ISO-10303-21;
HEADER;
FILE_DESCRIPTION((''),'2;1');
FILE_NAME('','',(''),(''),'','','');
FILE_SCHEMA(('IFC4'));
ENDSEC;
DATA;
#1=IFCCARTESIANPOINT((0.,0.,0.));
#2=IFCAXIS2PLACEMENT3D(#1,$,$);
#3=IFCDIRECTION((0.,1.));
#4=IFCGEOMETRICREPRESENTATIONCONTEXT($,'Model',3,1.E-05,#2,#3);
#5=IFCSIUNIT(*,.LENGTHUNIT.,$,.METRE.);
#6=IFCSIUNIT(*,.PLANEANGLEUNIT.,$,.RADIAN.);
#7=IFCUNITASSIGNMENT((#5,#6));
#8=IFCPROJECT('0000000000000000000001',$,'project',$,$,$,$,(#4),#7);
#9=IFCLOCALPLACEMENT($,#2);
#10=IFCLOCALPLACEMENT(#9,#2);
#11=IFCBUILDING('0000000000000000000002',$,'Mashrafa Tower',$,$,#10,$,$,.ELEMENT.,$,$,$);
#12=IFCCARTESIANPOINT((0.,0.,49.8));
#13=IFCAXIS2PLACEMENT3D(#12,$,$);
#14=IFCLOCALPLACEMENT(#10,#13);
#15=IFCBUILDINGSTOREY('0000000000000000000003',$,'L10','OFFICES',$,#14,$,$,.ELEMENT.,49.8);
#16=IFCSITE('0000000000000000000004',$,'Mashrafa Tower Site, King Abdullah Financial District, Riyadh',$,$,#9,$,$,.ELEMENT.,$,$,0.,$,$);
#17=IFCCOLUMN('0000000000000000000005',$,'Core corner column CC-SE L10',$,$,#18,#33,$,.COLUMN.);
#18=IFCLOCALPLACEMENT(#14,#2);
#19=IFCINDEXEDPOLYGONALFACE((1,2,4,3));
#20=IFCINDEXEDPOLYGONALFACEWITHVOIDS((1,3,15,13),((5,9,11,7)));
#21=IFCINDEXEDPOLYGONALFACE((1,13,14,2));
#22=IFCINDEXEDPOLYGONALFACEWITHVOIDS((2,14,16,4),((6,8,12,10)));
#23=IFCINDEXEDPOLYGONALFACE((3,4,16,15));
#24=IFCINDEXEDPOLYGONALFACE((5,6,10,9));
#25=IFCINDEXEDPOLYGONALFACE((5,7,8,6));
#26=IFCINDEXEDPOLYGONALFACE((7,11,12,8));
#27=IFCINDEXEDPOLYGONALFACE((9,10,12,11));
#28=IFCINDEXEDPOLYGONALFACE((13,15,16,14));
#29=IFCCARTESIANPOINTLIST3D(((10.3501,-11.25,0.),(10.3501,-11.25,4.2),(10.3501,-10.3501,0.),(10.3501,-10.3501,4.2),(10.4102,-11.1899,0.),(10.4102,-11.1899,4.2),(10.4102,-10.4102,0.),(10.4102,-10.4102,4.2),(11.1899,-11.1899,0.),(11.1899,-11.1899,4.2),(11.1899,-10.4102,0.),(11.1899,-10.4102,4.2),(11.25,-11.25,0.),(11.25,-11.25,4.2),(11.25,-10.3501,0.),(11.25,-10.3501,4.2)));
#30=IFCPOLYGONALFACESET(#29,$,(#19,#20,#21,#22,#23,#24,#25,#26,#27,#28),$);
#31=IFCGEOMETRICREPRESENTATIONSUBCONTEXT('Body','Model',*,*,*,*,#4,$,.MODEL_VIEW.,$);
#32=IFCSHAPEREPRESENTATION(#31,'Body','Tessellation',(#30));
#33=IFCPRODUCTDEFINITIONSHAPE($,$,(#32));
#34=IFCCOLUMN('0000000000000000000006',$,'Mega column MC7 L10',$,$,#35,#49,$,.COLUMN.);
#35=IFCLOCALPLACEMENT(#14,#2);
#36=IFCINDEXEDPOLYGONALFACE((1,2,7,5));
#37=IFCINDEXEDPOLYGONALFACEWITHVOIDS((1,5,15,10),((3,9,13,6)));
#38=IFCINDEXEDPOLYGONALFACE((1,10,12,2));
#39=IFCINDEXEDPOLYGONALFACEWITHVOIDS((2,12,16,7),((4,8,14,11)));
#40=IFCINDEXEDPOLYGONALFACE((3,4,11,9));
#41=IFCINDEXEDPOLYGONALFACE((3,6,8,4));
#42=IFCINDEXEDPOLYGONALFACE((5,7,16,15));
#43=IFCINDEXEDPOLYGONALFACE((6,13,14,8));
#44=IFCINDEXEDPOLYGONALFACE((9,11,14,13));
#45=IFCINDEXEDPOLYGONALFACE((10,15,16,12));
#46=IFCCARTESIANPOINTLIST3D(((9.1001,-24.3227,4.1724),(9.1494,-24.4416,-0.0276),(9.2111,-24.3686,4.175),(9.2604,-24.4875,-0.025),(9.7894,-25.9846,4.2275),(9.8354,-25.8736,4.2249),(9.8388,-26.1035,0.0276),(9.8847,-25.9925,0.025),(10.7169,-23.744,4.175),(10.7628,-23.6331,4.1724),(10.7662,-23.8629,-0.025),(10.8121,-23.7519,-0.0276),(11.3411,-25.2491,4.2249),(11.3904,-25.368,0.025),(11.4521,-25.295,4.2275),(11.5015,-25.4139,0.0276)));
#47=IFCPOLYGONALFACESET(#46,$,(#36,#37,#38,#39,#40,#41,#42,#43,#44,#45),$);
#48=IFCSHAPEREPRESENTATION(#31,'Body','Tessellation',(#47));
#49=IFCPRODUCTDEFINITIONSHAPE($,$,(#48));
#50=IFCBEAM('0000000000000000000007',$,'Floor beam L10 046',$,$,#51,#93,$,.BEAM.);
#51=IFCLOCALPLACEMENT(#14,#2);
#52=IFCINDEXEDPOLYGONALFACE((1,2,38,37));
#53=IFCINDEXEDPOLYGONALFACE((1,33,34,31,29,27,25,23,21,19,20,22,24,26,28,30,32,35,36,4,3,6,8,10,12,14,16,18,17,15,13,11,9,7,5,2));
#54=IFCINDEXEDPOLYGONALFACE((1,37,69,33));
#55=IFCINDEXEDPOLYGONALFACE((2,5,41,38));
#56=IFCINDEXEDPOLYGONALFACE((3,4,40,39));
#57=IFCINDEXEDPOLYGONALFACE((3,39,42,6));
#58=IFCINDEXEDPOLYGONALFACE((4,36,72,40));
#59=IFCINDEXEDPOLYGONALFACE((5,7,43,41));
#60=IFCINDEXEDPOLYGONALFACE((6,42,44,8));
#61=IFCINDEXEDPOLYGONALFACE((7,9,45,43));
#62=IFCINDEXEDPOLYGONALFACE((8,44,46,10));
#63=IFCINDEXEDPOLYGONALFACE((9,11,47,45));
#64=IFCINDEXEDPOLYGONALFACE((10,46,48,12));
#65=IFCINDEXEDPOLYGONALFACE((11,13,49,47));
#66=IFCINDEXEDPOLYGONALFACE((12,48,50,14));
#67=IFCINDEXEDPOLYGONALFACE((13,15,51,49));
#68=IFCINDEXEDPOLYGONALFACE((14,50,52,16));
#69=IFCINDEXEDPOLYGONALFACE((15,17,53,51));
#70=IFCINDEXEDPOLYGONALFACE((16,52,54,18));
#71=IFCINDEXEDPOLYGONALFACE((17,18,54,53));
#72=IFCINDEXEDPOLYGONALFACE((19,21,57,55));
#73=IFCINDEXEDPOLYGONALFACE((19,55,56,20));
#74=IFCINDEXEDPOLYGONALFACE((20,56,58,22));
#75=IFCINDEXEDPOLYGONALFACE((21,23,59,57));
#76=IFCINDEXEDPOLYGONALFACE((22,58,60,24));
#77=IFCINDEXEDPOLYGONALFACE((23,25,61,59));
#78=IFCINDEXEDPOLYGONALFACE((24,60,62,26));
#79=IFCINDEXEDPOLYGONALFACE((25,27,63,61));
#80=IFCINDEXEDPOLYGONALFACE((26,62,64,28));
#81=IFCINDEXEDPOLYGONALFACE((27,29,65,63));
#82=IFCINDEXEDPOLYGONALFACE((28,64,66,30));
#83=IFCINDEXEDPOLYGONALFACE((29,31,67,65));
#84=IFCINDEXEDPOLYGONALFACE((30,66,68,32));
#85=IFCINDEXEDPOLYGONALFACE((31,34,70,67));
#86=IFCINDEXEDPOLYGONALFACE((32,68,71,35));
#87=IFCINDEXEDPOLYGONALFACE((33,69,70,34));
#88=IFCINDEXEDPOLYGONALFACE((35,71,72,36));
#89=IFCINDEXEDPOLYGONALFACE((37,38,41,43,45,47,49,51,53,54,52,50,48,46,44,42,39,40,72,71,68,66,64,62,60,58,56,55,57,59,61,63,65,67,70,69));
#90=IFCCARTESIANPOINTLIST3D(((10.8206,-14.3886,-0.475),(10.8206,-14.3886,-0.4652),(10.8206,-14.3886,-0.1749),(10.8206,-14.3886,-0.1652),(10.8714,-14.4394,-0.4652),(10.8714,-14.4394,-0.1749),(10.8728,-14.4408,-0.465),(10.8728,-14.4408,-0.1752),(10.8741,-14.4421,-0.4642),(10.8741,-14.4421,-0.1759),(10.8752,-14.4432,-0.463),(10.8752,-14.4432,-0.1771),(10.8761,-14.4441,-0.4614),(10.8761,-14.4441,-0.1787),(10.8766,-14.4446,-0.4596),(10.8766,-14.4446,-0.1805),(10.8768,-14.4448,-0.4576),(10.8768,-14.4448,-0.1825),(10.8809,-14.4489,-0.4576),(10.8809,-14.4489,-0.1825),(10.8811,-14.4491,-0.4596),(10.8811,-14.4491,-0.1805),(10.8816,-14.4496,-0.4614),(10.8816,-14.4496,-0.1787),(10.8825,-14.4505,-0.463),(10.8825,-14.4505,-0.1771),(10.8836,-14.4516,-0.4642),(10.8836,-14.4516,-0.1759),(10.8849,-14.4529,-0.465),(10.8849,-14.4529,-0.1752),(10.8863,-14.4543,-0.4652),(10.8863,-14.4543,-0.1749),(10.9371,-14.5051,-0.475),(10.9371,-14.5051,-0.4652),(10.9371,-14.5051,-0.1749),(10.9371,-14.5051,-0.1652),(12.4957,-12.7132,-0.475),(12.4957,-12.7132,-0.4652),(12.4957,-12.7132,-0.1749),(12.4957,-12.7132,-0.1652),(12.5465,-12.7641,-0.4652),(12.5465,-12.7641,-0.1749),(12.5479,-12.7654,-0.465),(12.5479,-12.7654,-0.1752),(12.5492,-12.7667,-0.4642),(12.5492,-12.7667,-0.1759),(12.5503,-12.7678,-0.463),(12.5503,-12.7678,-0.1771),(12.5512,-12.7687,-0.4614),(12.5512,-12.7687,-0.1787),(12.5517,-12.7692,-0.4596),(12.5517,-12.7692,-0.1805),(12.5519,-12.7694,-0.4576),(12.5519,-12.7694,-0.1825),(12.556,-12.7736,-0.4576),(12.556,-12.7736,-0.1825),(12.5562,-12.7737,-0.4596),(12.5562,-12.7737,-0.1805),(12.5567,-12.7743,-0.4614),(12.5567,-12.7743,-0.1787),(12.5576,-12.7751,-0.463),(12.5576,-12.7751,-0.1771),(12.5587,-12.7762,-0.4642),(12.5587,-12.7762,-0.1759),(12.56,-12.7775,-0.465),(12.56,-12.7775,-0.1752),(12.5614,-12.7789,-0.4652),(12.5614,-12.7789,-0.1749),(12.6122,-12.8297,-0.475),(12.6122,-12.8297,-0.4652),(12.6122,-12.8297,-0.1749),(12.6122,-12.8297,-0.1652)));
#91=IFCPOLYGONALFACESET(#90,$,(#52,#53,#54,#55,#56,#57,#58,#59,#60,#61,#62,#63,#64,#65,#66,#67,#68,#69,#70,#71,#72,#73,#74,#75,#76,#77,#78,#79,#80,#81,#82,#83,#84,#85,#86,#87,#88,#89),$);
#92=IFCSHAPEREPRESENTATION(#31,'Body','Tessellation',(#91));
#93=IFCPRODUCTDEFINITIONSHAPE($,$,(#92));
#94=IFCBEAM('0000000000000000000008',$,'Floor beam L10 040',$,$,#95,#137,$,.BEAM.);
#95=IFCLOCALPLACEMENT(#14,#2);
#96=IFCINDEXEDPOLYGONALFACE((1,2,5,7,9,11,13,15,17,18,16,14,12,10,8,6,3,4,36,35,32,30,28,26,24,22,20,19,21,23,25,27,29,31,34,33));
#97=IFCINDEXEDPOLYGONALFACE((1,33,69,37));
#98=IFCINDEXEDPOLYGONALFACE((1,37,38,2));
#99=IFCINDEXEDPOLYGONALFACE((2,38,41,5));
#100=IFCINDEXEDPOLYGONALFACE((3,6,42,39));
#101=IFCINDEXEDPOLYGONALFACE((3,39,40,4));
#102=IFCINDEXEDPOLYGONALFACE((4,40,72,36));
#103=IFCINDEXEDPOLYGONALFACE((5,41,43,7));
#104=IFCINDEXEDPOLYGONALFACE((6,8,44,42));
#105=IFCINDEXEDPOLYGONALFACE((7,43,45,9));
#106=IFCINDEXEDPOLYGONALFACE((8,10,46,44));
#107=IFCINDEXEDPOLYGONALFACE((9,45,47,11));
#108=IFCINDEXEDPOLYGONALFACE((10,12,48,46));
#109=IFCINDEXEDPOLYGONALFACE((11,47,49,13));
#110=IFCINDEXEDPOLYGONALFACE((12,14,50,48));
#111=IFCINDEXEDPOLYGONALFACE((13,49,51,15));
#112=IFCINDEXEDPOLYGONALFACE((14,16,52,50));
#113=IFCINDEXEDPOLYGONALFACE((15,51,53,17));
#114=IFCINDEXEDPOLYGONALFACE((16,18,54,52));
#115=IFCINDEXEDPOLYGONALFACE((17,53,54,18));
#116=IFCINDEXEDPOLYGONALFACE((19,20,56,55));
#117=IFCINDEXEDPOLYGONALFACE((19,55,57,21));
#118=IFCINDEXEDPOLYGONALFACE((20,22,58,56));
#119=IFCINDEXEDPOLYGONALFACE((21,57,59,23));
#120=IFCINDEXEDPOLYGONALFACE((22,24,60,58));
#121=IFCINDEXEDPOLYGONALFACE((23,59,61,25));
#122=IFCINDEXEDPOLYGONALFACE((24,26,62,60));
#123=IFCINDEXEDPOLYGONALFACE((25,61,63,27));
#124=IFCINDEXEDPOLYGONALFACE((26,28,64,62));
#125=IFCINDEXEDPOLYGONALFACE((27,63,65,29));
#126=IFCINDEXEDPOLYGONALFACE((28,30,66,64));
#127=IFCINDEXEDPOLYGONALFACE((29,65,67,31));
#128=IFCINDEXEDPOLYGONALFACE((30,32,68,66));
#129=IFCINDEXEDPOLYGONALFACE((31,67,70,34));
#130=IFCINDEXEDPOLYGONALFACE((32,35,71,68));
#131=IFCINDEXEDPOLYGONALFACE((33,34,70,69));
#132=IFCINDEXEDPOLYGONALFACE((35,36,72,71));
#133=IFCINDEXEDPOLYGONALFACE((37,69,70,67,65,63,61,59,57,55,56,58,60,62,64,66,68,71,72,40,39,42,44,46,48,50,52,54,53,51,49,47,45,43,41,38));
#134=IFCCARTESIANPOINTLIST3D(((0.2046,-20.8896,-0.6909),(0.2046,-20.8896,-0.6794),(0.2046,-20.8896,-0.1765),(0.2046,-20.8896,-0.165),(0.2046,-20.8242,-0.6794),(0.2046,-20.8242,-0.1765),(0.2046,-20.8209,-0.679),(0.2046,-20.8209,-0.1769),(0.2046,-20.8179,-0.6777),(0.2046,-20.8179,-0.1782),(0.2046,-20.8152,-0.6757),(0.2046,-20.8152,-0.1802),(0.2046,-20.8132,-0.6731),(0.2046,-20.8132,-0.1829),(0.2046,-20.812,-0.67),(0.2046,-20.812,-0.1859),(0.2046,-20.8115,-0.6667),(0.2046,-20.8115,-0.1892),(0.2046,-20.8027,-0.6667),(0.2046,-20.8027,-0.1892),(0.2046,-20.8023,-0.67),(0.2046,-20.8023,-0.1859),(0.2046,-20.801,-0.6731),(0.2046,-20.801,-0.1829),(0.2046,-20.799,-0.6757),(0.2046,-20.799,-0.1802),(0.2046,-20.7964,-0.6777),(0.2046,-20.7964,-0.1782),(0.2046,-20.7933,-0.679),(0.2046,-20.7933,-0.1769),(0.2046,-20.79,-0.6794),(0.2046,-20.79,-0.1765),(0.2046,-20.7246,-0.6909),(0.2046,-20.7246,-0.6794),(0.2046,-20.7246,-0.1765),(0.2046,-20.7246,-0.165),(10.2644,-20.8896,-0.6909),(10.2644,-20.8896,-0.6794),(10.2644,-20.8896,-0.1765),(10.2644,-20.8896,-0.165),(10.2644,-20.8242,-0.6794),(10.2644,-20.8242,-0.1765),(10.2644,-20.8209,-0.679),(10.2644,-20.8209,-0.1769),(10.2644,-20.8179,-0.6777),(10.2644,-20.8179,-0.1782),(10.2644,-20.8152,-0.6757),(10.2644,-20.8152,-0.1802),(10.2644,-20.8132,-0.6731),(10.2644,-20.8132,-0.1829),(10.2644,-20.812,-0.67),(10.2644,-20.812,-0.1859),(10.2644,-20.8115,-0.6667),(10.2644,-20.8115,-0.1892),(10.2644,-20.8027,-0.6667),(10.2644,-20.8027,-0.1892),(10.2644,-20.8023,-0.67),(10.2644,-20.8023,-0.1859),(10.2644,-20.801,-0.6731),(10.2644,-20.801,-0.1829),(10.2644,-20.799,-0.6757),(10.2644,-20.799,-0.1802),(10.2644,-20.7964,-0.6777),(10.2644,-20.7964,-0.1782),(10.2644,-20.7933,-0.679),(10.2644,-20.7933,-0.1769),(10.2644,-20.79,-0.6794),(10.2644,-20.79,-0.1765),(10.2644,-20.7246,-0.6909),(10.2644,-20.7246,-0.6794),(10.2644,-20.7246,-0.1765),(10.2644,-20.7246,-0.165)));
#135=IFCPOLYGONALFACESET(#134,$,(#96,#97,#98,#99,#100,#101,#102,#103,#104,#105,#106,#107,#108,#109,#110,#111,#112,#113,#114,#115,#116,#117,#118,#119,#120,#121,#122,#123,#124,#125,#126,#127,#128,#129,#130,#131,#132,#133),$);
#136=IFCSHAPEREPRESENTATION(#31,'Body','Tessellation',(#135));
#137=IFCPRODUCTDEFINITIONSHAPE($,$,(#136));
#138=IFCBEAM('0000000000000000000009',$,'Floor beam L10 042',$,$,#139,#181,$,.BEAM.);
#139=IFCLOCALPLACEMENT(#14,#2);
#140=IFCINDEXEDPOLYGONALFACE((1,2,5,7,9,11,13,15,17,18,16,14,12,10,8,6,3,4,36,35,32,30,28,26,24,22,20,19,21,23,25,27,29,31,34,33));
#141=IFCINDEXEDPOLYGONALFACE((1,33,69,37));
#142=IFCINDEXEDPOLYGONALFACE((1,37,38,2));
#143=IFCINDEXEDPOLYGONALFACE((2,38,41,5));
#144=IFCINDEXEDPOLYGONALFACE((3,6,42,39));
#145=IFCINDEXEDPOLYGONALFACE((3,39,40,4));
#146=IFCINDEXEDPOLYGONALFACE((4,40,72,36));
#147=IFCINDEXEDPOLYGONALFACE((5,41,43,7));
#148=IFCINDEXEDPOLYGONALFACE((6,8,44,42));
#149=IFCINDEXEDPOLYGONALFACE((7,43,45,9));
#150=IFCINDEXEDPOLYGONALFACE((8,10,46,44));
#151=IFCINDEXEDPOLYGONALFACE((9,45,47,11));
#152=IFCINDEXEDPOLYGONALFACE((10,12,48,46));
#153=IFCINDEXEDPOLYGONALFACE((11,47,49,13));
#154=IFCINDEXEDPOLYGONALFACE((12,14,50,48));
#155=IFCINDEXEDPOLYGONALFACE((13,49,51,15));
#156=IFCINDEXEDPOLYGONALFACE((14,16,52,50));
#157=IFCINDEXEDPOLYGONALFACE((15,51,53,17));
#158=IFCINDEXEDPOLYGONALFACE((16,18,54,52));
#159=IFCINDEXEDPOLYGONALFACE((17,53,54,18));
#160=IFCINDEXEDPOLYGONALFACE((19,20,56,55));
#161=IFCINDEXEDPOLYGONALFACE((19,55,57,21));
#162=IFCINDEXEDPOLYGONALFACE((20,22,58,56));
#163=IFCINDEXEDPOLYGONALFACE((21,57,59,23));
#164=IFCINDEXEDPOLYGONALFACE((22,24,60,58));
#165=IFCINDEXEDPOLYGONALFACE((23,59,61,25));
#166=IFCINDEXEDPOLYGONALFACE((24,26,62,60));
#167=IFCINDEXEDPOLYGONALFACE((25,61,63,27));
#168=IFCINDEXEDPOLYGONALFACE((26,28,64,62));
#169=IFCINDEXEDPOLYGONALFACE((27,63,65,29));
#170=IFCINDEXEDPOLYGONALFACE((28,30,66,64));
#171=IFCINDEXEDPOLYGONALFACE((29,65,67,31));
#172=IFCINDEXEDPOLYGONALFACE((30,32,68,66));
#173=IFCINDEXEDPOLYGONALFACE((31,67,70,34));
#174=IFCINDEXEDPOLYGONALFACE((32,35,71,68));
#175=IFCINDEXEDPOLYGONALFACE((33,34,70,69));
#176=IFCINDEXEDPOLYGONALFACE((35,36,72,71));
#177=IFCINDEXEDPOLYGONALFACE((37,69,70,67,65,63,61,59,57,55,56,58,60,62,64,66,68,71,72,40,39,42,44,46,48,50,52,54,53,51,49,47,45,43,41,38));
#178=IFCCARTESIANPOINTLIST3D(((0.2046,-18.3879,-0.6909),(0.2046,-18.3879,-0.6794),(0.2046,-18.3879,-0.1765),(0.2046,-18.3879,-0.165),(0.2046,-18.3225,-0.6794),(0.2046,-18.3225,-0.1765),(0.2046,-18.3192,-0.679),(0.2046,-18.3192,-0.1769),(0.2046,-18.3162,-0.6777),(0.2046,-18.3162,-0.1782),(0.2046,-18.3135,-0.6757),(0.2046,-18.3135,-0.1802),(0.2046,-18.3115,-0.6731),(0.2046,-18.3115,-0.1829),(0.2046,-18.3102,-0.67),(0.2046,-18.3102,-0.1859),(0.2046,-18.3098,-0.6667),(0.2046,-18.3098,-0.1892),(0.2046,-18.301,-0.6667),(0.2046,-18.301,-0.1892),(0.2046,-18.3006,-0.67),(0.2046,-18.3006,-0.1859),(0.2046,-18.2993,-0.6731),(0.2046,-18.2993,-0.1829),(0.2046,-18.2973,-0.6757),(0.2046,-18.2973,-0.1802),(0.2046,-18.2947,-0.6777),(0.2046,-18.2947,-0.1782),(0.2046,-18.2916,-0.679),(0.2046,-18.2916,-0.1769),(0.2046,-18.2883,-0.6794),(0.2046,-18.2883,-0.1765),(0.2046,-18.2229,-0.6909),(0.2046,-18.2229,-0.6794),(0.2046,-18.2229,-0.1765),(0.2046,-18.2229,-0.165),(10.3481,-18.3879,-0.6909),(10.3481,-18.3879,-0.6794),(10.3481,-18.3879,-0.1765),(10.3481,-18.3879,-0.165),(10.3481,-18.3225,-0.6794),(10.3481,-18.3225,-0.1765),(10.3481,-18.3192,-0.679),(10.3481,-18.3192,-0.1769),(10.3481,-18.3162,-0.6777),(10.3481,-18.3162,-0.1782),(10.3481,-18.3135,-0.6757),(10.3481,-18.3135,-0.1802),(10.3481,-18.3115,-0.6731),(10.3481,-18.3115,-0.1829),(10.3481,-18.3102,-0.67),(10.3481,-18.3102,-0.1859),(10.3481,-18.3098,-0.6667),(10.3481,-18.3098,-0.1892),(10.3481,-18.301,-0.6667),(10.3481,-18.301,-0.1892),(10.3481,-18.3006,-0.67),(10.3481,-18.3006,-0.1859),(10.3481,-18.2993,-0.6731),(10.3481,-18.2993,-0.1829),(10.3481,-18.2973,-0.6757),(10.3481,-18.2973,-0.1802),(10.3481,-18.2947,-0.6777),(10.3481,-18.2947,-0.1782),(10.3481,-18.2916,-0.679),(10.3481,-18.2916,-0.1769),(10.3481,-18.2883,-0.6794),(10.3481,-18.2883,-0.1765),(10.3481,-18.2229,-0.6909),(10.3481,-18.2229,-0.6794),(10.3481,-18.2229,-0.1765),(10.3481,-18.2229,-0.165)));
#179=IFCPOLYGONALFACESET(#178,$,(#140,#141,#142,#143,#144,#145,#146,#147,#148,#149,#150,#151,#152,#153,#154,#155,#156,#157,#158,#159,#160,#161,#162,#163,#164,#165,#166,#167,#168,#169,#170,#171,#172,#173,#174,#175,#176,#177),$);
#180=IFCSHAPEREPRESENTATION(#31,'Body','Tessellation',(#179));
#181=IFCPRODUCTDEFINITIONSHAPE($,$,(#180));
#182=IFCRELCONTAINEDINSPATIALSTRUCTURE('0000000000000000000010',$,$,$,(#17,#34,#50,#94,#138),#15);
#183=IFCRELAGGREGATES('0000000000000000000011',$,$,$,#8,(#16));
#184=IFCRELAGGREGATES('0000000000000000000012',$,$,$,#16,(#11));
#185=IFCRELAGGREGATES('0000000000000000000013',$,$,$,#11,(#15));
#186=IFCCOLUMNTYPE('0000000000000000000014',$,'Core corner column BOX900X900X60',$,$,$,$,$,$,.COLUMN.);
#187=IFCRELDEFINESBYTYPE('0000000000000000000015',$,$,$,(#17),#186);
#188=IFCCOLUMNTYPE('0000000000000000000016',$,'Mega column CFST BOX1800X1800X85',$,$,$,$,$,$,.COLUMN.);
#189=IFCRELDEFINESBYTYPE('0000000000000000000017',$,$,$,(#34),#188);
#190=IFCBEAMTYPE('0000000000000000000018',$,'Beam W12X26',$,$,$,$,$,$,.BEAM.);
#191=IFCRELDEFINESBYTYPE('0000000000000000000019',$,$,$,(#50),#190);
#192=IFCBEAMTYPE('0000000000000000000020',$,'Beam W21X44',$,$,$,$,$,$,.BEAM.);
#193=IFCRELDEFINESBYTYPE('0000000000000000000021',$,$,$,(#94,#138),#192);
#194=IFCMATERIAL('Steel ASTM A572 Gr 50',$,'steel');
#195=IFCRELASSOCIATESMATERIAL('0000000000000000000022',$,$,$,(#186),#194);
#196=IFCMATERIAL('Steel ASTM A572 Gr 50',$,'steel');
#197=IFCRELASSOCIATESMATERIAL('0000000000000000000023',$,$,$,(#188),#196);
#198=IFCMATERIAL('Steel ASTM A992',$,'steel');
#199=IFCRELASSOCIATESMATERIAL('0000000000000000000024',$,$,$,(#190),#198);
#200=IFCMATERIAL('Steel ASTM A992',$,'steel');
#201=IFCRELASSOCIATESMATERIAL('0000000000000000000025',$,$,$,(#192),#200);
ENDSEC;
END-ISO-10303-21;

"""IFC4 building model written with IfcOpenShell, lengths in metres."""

from ifc_helpers import new_model, si_unit, direction, frame, origin, origin_2d, place, context, subcontext, project, spatial, hollow_rectangle, i_section, extrude, material, material_profile, profile_set, type_object, element, save


model = new_model("IFC4")

# Units and contexts
model_context = context("Model", 3, precision=1e-05, world=origin(), true_north=direction((0.0, 1.0)))
body_context = subcontext(model_context, "Body", "Model", "MODEL_VIEW")
ifc_project = project(units=[si_unit("LENGTHUNIT", "METRE"), si_unit("PLANEANGLEUNIT", "RADIAN")], contexts=[model_context])

# Site, building, storey
site_placement = place(None, origin())
site = spatial("IfcSite", under=ifc_project, at=site_placement, Name="Mashrafa Tower Site, King Abdullah Financial District, Riyadh", CompositionType="ELEMENT", RefElevation=0.0)
building_placement = place(site_placement, origin())
building = spatial("IfcBuilding", under=site, at=building_placement, Name="Mashrafa Tower", CompositionType="ELEMENT")
storey_placement = place(building_placement, frame((0.0, 0.0, 49.8)))
storey = spatial("IfcBuildingStorey", under=building, at=storey_placement, Name="L10", Description="OFFICES", CompositionType="ELEMENT", Elevation=49.8)

# Columns
ifc_material_1 = material(Name="Steel ASTM A572 Gr 50", Category="steel")
ifc_material_profile_1 = material_profile(ifc_material_1, hollow_rectangle(XDim=0.8999, YDim=0.8999, WallThickness=0.0601, at=origin_2d()), Name="BOX900X900X60")
ifc_profile_set_1 = profile_set([ifc_material_profile_1], Name="Steel ASTM A572 Gr 50")
column_type_1 = type_object("IfcColumnType", Name="Core corner column BOX900X900X60", PredefinedType="COLUMN", material=ifc_profile_set_1)
column_1_placement = place(storey_placement, frame((10.8, -10.8, 0.0), z_axis=(0.0, 0.0, 1.0), x_axis=(1.0, 0.0, 0.0)))
element("IfcColumn", 1, at=column_1_placement, inside=storey, type_object=column_type_1, Name="Core corner column CC-SE L10", PredefinedType="COLUMN", context=body_context, shape_type="SweptSolid", body=[
    extrude(hollow_rectangle(XDim=0.8999, YDim=0.8999, WallThickness=0.0601, at=origin_2d()), origin(), (0.0, 0.0, 1.0), 4.2),
])
ifc_material_2 = material(Name="Steel ASTM A572 Gr 50", Category="steel")
ifc_material_profile_2 = material_profile(ifc_material_2, hollow_rectangle(XDim=1.8, YDim=1.8, WallThickness=0.085, at=origin_2d()), Name="BOX1800X1800X85")
ifc_profile_set_2 = profile_set([ifc_material_profile_2], Name="Steel ASTM A572 Gr 50")
column_type_2 = type_object("IfcColumnType", Name="Mega column CFST BOX1800X1800X85", PredefinedType="COLUMN", material=ifc_profile_set_2)
column_2_placement = place(storey_placement, frame((10.3254, -24.9277, 0.0), z_axis=(-0.011737, 0.028296, 0.999531), x_axis=(-0.923693, -0.383133, 0.0)))
element("IfcColumn", 2, at=column_2_placement, inside=storey, type_object=column_type_2, Name="Mega column MC7 L10", PredefinedType="COLUMN", context=body_context, shape_type="SweptSolid", body=[
    extrude(hollow_rectangle(XDim=1.8, YDim=1.8, WallThickness=0.085, at=origin_2d()), origin(), (0.0, 0.0, 1.0), 4.2019),
])

# Beams
ifc_material_3 = material(Name="Steel ASTM A992", Category="steel")
ifc_material_profile_3 = material_profile(ifc_material_3, i_section(OverallWidth=0.1648, OverallDepth=0.3098, WebThickness=0.0059, FlangeThickness=0.0098, FilletRadius=0.0076, at=origin_2d()), Name="W12X26")
ifc_profile_set_3 = profile_set([ifc_material_profile_3], Name="Steel ASTM A992")
beam_type_1 = type_object("IfcBeamType", Name="Beam W12X26", PredefinedType="BEAM", material=ifc_profile_set_3)
beam_1_placement = place(storey_placement, frame((12.554, -12.7715, -0.3201), z_axis=(-0.707055, -0.707158, 0.0), x_axis=(0.707158, -0.707055, 0.0)))
element("IfcBeam", 3, at=beam_1_placement, inside=storey, type_object=beam_type_1, Name="Floor beam L10 046", PredefinedType="BEAM", context=body_context, shape_type="SweptSolid", body=[
    extrude(i_section(OverallWidth=0.1648, OverallDepth=0.3098, WebThickness=0.0059, FlangeThickness=0.0098, FilletRadius=0.0076, at=origin_2d()), origin(), (0.0, 0.0, 1.0), 2.3691),
])
ifc_material_4 = material(Name="Steel ASTM A992", Category="steel")
ifc_material_profile_4 = material_profile(ifc_material_4, i_section(OverallWidth=0.165, OverallDepth=0.5259, WebThickness=0.0088, FlangeThickness=0.0115, FilletRadius=0.0127, at=origin_2d()), Name="W21X44")
ifc_profile_set_4 = profile_set([ifc_material_profile_4], Name="Steel ASTM A992")
beam_type_2 = type_object("IfcBeamType", Name="Beam W21X44", PredefinedType="BEAM", material=ifc_profile_set_4)
beam_2_placement = place(storey_placement, frame((10.2644, -20.8071, -0.428), z_axis=(-1.0, 0.0, 0.0), x_axis=(0.0, -1.0, 0.0)))
element("IfcBeam", 4, at=beam_2_placement, inside=storey, type_object=beam_type_2, Name="Floor beam L10 040", PredefinedType="BEAM", context=body_context, shape_type="SweptSolid", body=[
    extrude(i_section(OverallWidth=0.165, OverallDepth=0.5259, WebThickness=0.0088, FlangeThickness=0.0115, FilletRadius=0.0127, at=origin_2d()), origin(), (0.0, 0.0, 1.0), 10.0598),
])
beam_3_placement = place(storey_placement, frame((10.3481, -18.3054, -0.428), z_axis=(-1.0, 0.0, 0.0), x_axis=(0.0, -1.0, 0.0)))
element("IfcBeam", 5, at=beam_3_placement, inside=storey, type_object=beam_type_2, Name="Floor beam L10 042", PredefinedType="BEAM", context=body_context, shape_type="SweptSolid", body=[
    extrude(i_section(OverallWidth=0.165, OverallDepth=0.5259, WebThickness=0.0088, FlangeThickness=0.0115, FilletRadius=0.0127, at=origin_2d()), origin(), (0.0, 0.0, 1.0), 10.1436),
])

save(model, "model.ifc")
